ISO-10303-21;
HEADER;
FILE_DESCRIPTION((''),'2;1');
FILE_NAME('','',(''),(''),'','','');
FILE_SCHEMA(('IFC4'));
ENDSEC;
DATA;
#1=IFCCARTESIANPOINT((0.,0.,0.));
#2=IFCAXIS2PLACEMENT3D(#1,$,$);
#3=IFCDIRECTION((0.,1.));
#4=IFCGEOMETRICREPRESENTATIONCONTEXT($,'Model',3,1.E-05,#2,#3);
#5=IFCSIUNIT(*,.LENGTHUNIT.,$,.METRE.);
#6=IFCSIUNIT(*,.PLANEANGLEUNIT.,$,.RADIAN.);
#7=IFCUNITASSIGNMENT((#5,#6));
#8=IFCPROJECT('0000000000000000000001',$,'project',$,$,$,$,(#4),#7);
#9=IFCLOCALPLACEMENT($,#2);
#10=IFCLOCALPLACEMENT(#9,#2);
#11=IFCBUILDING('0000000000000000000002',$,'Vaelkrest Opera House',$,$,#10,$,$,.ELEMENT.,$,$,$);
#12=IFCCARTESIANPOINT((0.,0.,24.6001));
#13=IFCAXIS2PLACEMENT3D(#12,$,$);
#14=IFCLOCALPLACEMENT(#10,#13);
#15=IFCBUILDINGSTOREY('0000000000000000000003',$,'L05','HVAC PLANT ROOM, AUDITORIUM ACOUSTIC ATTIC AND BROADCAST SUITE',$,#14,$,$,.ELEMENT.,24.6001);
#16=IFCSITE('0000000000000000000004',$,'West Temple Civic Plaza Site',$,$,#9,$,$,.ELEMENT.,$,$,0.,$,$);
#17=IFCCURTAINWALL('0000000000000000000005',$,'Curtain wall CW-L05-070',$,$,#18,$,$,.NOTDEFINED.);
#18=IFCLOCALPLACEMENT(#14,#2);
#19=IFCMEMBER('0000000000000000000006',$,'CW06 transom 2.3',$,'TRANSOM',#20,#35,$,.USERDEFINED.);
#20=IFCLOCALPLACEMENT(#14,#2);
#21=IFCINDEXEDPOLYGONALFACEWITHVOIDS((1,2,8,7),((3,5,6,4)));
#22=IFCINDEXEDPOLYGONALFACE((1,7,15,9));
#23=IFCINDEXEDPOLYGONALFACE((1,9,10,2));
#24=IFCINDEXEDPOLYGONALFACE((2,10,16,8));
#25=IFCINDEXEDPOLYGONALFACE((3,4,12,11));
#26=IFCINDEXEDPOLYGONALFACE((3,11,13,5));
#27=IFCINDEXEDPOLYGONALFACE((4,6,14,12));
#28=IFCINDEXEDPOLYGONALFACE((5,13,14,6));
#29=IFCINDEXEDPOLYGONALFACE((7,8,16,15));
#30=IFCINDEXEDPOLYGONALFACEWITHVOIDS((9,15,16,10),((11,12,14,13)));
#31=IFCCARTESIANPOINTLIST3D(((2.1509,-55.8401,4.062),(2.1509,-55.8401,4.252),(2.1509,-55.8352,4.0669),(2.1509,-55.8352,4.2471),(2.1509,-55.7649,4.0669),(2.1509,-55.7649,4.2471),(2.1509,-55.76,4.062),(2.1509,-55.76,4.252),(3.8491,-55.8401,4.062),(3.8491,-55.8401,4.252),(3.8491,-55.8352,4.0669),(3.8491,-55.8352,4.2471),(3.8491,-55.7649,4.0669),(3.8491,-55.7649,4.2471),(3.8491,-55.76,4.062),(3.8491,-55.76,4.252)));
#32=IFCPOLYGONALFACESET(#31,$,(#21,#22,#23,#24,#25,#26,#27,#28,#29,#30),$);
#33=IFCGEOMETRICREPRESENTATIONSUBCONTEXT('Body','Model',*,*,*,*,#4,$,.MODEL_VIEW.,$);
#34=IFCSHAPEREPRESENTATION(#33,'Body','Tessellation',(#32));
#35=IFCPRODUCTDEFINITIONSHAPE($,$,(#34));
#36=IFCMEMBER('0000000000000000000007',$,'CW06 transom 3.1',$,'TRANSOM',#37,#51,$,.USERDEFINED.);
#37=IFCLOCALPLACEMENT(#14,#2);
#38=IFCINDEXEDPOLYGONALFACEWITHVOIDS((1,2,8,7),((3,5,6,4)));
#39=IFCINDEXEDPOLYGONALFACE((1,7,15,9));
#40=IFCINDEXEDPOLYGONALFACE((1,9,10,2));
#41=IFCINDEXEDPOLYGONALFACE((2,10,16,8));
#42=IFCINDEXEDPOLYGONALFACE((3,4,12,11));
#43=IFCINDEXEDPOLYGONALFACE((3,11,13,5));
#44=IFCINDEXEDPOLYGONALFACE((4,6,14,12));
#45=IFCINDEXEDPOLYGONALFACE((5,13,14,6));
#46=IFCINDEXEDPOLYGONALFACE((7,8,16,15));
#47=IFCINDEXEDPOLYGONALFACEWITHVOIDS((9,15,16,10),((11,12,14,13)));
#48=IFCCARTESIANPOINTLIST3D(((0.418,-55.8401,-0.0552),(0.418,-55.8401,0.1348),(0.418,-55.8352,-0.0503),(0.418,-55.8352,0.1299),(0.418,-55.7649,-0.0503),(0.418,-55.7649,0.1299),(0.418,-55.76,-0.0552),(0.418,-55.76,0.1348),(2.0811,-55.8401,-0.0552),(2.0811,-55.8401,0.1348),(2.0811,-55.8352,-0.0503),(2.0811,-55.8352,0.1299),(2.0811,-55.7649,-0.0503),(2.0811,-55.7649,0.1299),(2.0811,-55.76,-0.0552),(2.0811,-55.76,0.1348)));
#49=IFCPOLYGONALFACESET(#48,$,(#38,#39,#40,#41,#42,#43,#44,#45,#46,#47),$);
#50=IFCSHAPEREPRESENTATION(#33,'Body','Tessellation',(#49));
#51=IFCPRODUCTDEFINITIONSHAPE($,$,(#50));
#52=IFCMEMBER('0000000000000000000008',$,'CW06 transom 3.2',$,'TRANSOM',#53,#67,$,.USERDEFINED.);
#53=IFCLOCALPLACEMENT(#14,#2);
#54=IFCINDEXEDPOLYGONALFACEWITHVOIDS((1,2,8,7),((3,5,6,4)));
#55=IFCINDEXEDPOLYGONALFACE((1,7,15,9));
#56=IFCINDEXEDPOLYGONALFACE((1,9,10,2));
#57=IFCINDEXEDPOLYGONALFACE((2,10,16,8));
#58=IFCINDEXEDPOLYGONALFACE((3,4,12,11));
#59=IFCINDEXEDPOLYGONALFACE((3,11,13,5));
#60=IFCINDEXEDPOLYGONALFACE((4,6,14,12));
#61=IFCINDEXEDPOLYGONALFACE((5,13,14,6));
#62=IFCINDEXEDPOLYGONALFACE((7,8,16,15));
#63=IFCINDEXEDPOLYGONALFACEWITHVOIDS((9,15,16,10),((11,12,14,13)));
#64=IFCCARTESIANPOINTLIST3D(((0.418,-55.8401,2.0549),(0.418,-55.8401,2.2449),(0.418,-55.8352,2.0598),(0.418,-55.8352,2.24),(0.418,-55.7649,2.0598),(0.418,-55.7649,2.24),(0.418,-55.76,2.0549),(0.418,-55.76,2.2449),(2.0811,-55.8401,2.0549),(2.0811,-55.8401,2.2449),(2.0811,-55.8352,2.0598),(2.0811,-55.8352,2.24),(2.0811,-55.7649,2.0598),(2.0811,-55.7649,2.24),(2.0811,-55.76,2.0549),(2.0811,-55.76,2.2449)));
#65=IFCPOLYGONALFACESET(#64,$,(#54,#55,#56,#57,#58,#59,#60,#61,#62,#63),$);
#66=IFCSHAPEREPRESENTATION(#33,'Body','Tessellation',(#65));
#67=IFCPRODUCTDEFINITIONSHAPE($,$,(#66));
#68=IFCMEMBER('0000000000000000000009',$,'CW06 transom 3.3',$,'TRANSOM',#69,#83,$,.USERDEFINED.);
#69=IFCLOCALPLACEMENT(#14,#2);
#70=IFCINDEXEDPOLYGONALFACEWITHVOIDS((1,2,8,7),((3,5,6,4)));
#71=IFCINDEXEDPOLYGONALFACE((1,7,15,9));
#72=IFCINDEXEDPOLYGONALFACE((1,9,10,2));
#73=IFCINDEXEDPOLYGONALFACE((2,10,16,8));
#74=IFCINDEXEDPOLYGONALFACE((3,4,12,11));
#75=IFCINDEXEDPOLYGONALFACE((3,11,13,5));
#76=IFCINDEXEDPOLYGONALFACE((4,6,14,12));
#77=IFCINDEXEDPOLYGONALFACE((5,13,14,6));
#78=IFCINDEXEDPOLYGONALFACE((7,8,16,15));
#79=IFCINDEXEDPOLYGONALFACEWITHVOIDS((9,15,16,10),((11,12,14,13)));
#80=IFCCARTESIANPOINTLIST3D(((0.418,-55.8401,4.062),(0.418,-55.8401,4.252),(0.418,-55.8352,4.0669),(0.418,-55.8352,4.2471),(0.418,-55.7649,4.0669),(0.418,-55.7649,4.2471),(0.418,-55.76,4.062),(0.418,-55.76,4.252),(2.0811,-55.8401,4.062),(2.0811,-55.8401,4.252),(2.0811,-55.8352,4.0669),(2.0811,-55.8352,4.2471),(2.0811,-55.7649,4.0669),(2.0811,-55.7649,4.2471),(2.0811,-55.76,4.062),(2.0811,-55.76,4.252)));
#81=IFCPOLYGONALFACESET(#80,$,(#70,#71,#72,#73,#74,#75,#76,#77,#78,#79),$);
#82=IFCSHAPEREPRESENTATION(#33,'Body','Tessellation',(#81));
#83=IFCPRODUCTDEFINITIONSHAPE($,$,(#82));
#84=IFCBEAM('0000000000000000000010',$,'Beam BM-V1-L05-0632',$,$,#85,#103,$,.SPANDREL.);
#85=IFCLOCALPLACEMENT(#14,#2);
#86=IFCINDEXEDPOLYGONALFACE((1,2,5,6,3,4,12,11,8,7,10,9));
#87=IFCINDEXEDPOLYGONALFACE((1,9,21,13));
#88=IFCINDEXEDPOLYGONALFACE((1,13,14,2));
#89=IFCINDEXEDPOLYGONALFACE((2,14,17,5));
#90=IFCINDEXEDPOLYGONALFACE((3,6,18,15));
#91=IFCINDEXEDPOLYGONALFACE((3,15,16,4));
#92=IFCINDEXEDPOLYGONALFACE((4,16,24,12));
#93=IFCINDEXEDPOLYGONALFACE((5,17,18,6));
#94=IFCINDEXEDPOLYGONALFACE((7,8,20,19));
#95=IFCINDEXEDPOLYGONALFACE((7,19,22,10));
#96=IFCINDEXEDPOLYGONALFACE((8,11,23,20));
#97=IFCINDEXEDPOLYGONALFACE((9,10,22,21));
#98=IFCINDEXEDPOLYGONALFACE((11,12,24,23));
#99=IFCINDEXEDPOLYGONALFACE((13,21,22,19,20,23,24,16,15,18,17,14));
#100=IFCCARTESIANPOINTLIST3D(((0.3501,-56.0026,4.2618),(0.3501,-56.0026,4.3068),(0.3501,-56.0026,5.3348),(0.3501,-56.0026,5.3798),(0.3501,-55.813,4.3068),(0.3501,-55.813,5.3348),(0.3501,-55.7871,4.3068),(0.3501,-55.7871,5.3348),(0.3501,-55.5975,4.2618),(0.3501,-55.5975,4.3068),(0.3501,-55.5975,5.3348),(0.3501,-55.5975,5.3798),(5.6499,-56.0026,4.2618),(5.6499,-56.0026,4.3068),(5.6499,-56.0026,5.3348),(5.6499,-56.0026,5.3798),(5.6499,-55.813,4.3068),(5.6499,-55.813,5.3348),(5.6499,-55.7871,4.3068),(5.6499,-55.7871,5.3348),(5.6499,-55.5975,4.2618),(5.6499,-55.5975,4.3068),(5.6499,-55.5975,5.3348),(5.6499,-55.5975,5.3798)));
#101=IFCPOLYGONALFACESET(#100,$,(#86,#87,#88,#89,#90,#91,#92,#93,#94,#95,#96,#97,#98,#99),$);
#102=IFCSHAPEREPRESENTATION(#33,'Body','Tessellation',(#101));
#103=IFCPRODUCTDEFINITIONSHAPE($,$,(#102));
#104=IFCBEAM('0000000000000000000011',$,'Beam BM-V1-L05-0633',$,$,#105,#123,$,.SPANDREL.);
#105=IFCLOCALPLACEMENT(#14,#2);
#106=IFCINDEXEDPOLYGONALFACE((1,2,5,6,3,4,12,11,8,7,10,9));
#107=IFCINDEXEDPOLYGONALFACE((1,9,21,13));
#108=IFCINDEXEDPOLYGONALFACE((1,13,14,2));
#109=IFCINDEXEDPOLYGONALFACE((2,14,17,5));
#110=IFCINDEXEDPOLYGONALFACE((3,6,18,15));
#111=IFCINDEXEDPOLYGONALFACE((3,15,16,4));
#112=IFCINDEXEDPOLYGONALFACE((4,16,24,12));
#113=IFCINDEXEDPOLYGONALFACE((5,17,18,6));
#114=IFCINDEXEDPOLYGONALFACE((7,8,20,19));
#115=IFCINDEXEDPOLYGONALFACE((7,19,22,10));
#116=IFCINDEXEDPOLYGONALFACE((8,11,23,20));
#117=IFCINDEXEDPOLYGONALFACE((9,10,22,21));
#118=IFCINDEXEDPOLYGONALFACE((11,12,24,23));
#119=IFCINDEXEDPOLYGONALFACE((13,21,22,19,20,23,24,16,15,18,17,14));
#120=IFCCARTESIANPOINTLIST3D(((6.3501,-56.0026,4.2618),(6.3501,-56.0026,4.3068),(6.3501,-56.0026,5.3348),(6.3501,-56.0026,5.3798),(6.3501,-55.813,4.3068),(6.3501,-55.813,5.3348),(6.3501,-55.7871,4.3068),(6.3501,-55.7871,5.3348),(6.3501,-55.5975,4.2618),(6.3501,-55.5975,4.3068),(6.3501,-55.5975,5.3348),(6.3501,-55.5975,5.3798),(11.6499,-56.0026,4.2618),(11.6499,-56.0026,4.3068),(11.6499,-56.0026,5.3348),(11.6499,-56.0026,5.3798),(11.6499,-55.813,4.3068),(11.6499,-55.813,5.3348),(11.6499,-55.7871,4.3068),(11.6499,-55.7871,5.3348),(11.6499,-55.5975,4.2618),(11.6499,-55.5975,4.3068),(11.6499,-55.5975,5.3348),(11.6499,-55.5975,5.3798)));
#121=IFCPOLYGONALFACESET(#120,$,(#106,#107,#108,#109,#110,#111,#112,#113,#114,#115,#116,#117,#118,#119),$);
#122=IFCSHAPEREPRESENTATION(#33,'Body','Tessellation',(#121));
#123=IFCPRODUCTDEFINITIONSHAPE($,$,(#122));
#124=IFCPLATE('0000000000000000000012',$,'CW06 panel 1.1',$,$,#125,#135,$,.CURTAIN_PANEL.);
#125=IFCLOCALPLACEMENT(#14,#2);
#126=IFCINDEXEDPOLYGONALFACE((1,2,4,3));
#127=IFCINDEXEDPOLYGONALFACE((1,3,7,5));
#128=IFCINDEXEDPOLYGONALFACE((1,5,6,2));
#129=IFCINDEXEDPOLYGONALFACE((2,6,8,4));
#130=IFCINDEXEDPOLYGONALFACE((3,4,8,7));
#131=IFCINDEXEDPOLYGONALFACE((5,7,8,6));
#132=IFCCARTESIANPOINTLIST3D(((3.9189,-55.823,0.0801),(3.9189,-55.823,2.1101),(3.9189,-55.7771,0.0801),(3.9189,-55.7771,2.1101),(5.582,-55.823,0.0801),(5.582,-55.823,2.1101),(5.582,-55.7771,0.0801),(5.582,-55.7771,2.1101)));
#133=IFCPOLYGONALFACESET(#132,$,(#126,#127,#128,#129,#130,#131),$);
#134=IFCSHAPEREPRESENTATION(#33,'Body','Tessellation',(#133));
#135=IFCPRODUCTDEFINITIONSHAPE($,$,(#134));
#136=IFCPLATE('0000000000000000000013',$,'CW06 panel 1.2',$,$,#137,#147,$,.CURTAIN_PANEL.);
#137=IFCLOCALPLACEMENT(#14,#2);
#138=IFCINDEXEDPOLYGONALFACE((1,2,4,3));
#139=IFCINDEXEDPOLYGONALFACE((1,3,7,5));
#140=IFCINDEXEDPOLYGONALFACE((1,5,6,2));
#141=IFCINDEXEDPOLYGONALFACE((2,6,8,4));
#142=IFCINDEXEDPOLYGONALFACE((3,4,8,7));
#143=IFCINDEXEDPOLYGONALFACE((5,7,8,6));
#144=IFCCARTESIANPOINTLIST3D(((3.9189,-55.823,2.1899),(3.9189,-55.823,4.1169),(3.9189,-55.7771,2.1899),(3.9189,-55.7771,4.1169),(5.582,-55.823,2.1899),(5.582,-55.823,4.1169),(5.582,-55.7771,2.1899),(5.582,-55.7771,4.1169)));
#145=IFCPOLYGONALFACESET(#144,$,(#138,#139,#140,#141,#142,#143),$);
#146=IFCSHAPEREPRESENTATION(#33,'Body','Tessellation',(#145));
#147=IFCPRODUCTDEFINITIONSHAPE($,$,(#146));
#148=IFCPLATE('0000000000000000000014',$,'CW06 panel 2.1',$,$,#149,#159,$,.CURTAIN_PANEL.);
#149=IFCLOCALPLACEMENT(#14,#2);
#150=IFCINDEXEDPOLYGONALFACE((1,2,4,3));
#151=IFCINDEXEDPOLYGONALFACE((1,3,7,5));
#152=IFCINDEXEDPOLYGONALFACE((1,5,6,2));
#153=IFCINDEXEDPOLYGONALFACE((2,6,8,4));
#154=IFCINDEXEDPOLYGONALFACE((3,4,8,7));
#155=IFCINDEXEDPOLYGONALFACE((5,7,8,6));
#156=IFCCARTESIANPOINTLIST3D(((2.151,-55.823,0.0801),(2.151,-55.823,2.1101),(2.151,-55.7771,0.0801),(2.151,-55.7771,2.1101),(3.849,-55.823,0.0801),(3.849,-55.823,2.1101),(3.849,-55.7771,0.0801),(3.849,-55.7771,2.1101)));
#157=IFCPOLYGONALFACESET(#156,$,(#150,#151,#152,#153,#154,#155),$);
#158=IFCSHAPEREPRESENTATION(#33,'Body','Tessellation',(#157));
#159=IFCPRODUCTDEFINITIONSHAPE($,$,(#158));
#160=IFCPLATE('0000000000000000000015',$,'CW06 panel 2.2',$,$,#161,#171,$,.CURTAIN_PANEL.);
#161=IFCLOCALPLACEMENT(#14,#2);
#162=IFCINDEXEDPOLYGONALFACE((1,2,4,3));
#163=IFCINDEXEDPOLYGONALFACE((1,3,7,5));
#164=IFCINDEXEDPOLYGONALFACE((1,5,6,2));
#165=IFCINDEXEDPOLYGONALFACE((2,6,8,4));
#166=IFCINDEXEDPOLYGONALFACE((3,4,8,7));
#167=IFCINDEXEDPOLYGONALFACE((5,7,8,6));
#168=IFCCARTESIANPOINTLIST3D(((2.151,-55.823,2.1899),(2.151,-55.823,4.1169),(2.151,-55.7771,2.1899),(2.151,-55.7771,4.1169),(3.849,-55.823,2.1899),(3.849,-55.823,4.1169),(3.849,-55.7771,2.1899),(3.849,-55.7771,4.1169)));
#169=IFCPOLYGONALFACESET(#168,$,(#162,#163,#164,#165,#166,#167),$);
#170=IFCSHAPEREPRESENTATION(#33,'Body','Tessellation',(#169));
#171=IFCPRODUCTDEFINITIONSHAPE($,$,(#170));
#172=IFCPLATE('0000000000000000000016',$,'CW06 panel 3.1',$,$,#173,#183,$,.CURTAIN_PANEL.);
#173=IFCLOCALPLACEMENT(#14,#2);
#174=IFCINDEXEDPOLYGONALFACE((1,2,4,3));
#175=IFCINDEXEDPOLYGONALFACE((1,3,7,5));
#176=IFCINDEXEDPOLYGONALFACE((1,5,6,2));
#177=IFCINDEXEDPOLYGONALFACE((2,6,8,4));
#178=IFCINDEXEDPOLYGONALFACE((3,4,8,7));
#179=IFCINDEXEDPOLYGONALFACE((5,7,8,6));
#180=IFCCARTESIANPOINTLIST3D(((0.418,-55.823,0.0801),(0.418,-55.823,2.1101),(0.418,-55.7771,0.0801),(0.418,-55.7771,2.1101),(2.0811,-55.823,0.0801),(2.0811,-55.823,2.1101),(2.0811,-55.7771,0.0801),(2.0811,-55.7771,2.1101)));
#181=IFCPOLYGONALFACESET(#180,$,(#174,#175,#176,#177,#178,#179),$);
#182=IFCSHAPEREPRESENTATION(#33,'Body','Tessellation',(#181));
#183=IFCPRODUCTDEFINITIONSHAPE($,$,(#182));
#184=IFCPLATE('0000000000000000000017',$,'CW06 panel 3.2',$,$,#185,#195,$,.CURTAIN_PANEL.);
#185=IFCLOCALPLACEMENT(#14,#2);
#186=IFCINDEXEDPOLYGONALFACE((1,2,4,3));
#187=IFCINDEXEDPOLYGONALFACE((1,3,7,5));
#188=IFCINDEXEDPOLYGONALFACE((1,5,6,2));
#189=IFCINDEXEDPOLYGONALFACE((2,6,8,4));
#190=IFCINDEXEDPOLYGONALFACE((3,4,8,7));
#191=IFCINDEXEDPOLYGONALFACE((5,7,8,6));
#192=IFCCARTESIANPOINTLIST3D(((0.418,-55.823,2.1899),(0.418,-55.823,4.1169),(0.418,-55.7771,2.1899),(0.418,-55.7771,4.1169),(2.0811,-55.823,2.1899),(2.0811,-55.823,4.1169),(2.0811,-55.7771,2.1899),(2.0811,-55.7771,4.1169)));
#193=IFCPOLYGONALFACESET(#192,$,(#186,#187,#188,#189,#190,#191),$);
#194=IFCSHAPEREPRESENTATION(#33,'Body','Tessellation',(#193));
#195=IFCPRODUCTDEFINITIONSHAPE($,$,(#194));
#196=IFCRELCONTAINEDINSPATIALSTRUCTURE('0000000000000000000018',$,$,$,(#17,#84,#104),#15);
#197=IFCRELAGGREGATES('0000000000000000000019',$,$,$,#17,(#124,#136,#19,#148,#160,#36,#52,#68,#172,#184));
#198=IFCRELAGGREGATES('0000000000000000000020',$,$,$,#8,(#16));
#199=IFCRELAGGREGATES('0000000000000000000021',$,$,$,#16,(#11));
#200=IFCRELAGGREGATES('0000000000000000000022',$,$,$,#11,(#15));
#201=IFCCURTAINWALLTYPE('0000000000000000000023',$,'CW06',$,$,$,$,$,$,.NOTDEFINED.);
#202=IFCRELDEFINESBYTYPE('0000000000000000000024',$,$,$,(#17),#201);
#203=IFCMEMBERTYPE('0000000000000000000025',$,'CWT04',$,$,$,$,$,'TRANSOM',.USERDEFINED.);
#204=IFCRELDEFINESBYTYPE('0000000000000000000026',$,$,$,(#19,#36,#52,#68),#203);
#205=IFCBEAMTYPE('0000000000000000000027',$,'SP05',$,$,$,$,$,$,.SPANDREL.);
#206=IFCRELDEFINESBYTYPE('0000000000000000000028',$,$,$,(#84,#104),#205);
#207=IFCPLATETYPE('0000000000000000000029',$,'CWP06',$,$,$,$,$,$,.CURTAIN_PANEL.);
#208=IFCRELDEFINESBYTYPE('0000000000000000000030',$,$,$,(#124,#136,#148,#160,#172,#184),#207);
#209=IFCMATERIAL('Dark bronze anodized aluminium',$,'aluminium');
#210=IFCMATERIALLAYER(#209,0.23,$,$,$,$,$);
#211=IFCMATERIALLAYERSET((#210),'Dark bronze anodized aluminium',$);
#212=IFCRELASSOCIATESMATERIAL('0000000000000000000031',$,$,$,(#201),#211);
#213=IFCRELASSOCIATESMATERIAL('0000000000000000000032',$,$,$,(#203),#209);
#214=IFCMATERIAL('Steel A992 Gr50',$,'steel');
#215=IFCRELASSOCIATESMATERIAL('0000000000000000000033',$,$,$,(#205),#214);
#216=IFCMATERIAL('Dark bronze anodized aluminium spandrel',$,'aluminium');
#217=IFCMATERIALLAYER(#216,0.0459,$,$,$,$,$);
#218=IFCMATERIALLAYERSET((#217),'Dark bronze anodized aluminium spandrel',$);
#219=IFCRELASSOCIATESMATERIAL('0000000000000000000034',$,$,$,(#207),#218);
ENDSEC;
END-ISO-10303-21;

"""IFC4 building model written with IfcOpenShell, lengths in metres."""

from ifc_helpers import new_model, si_unit, direction, frame, origin, origin_2d, place, context, subcontext, project, spatial, rectangle, hollow_rectangle, i_section, extrude, material, layer, layer_set, material_profile, profile_set, type_object, element, aggregate, save


model = new_model("IFC4")

# Units and contexts
model_context = context("Model", 3, precision=1e-05, world=origin(), true_north=direction((0.0, 1.0)))
body_context = subcontext(model_context, "Body", "Model", "MODEL_VIEW")
ifc_project = project(units=[si_unit("LENGTHUNIT", "METRE"), si_unit("PLANEANGLEUNIT", "RADIAN")], contexts=[model_context])

# Site, building, storey
site_placement = place(None, origin())
site = spatial("IfcSite", under=ifc_project, at=site_placement, Name="West Temple Civic Plaza Site", CompositionType="ELEMENT", RefElevation=0.0)
building_placement = place(site_placement, origin())
building = spatial("IfcBuilding", under=site, at=building_placement, Name="Vaelkrest Opera House", CompositionType="ELEMENT")
storey_placement = place(building_placement, frame((0.0, 0.0, 24.6001)))
storey = spatial("IfcBuildingStorey", under=building, at=storey_placement, Name="L05", Description="HVAC PLANT ROOM, AUDITORIUM ACOUSTIC ATTIC AND BROADCAST SUITE", CompositionType="ELEMENT", Elevation=24.6001)

# Curtain wall, members
ifc_material_1 = material(Name="Dark bronze anodized aluminium", Category="aluminium")
ifc_layer_1 = layer(ifc_material_1, 0.23)
ifc_layer_set_1 = layer_set([ifc_layer_1], Name="Dark bronze anodized aluminium")
curtain_wall_type = type_object("IfcCurtainWallType", Name="CW06", PredefinedType="NOTDEFINED", material=ifc_layer_set_1)
curtain_wall_placement = place(storey_placement, origin())
curtain_wall = element("IfcCurtainWall", 1, at=curtain_wall_placement, inside=storey, type_object=curtain_wall_type, Name="Curtain wall CW-L05-070", PredefinedType="NOTDEFINED")
ifc_material_profile_1 = material_profile(ifc_material_1, hollow_rectangle(XDim=0.0801, YDim=0.1899, WallThickness=0.0049, at=origin_2d()), Name="CWT80X190")
ifc_profile_set_1 = profile_set([ifc_material_profile_1], Name="Dark bronze anodized aluminium")
member_type_1 = type_object("IfcMemberType", Name="CWT04", ElementType="TRANSOM", PredefinedType="USERDEFINED", material=ifc_profile_set_1)
member_1_placement = place(storey_placement, frame((3.8491, -55.8, 4.157), z_axis=(-1.0, 0.0, 0.0), x_axis=(0.0, -1.0, 0.0)))
member_1 = element("IfcMember", 2, at=member_1_placement, type_object=member_type_1, Name="CW06 transom 2.3", ObjectType="TRANSOM", PredefinedType="USERDEFINED", context=body_context, shape_type="SweptSolid", body=[
    extrude(hollow_rectangle(XDim=0.0801, YDim=0.1899, WallThickness=0.0049, at=origin_2d()), origin(), (0.0, 0.0, 1.0), 1.6982),
])
member_2_placement = place(storey_placement, frame((2.0811, -55.8, 0.0398), z_axis=(-1.0, 0.0, 0.0), x_axis=(0.0, -1.0, 0.0)))
member_2 = element("IfcMember", 3, at=member_2_placement, type_object=member_type_1, Name="CW06 transom 3.1", ObjectType="TRANSOM", PredefinedType="USERDEFINED", context=body_context, shape_type="SweptSolid", body=[
    extrude(hollow_rectangle(XDim=0.0801, YDim=0.1899, WallThickness=0.0049, at=origin_2d()), origin(), (0.0, 0.0, 1.0), 1.6631),
])
member_3_placement = place(storey_placement, frame((2.0811, -55.8, 2.1499), z_axis=(-1.0, 0.0, 0.0), x_axis=(0.0, -1.0, 0.0)))
member_3 = element("IfcMember", 4, at=member_3_placement, type_object=member_type_1, Name="CW06 transom 3.2", ObjectType="TRANSOM", PredefinedType="USERDEFINED", context=body_context, shape_type="SweptSolid", body=[
    extrude(hollow_rectangle(XDim=0.0801, YDim=0.1899, WallThickness=0.0049, at=origin_2d()), origin(), (0.0, 0.0, 1.0), 1.6631),
])
member_4_placement = place(storey_placement, frame((2.0811, -55.8, 4.157), z_axis=(-1.0, 0.0, 0.0), x_axis=(0.0, -1.0, 0.0)))
member_4 = element("IfcMember", 5, at=member_4_placement, type_object=member_type_1, Name="CW06 transom 3.3", ObjectType="TRANSOM", PredefinedType="USERDEFINED", context=body_context, shape_type="SweptSolid", body=[
    extrude(hollow_rectangle(XDim=0.0801, YDim=0.1899, WallThickness=0.0049, at=origin_2d()), origin(), (0.0, 0.0, 1.0), 1.6631),
])

# Beams
ifc_material_2 = material(Name="Steel A992 Gr50", Category="steel")
ifc_material_profile_2 = material_profile(ifc_material_2, i_section(OverallWidth=0.405, OverallDepth=1.1179, WebThickness=0.0259, FlangeThickness=0.0449, at=origin_2d()), Name="W44X335")
ifc_profile_set_2 = profile_set([ifc_material_profile_2], Name="Steel A992 Gr50")
beam_type = type_object("IfcBeamType", Name="SP05", PredefinedType="SPANDREL", material=ifc_profile_set_2)
for number, where, z_axis, x_axis, name in (
    (6, (0.3501, -55.8, 4.8208), (1.0, 0.0, 0.0), (0.0, 1.0, 0.0), "Beam BM-V1-L05-0632"),
    (7, (6.3501, -55.8, 4.8208), (1.0, 0.0, 0.0), (0.0, 1.0, 0.0), "Beam BM-V1-L05-0633"),
):
    element("IfcBeam", number, at=place(storey_placement, frame(where, z_axis=z_axis, x_axis=x_axis)), inside=storey, type_object=beam_type, Name=name, PredefinedType="SPANDREL", context=body_context, shape_type="SweptSolid", body=[
        extrude(i_section(OverallWidth=0.405, OverallDepth=1.1179, WebThickness=0.0259, FlangeThickness=0.0449, at=origin_2d()), origin(), (0.0, 0.0, 1.0), 5.2998),
    ])

# Plates
ifc_material_3 = material(Name="Dark bronze anodized aluminium spandrel", Category="aluminium")
ifc_layer_2 = layer(ifc_material_3, 0.0459)
ifc_layer_set_2 = layer_set([ifc_layer_2], Name="Dark bronze anodized aluminium spandrel")
plate_type = type_object("IfcPlateType", Name="CWP06", PredefinedType="CURTAIN_PANEL", material=ifc_layer_set_2)
plate_1_placement = place(storey_placement, frame((4.7505, -55.8, 0.0801), z_axis=(0.0, 0.0, 1.0), x_axis=(-1.0, 0.0, 0.0)))
plate_1 = element("IfcPlate", 8, at=plate_1_placement, type_object=plate_type, Name="CW06 panel 1.1", PredefinedType="CURTAIN_PANEL", context=body_context, shape_type="SweptSolid", body=[
    extrude(rectangle(XDim=1.6631, YDim=0.0459, at=origin_2d()), origin(), (0.0, 0.0, 1.0), 2.03),
])
plate_2_placement = place(storey_placement, frame((4.7505, -55.8, 2.1899), z_axis=(0.0, 0.0, 1.0), x_axis=(-1.0, 0.0, 0.0)))
plate_2 = element("IfcPlate", 9, at=plate_2_placement, type_object=plate_type, Name="CW06 panel 1.2", PredefinedType="CURTAIN_PANEL", context=body_context, shape_type="SweptSolid", body=[
    extrude(rectangle(XDim=1.6631, YDim=0.0459, at=origin_2d()), origin(), (0.0, 0.0, 1.0), 1.927),
])
plate_3_placement = place(storey_placement, frame((3.0, -55.8, 0.0801), z_axis=(0.0, 0.0, 1.0), x_axis=(-1.0, 0.0, 0.0)))
plate_3 = element("IfcPlate", 10, at=plate_3_placement, type_object=plate_type, Name="CW06 panel 2.1", PredefinedType="CURTAIN_PANEL", context=body_context, shape_type="SweptSolid", body=[
    extrude(rectangle(XDim=1.698, YDim=0.0459, at=origin_2d()), origin(), (0.0, 0.0, 1.0), 2.03),
])
plate_4_placement = place(storey_placement, frame((3.0, -55.8, 2.1899), z_axis=(0.0, 0.0, 1.0), x_axis=(-1.0, 0.0, 0.0)))
plate_4 = element("IfcPlate", 11, at=plate_4_placement, type_object=plate_type, Name="CW06 panel 2.2", PredefinedType="CURTAIN_PANEL", context=body_context, shape_type="SweptSolid", body=[
    extrude(rectangle(XDim=1.698, YDim=0.0459, at=origin_2d()), origin(), (0.0, 0.0, 1.0), 1.927),
])
plate_5_placement = place(storey_placement, frame((1.2495, -55.8, 0.0801), z_axis=(0.0, 0.0, 1.0), x_axis=(-1.0, 0.0, 0.0)))
plate_5 = element("IfcPlate", 12, at=plate_5_placement, type_object=plate_type, Name="CW06 panel 3.1", PredefinedType="CURTAIN_PANEL", context=body_context, shape_type="SweptSolid", body=[
    extrude(rectangle(XDim=1.6631, YDim=0.0459, at=origin_2d()), origin(), (0.0, 0.0, 1.0), 2.03),
])
plate_6_placement = place(storey_placement, frame((1.2495, -55.8, 2.1899), z_axis=(0.0, 0.0, 1.0), x_axis=(-1.0, 0.0, 0.0)))
plate_6 = element("IfcPlate", 13, at=plate_6_placement, type_object=plate_type, Name="CW06 panel 3.2", PredefinedType="CURTAIN_PANEL", context=body_context, shape_type="SweptSolid", body=[
    extrude(rectangle(XDim=1.6631, YDim=0.0459, at=origin_2d()), origin(), (0.0, 0.0, 1.0), 1.927),
])
aggregate(curtain_wall, [plate_1, plate_2, member_1, plate_3, plate_4, member_2, member_3, member_4, plate_5, plate_6])

save(model, "model.ifc")
